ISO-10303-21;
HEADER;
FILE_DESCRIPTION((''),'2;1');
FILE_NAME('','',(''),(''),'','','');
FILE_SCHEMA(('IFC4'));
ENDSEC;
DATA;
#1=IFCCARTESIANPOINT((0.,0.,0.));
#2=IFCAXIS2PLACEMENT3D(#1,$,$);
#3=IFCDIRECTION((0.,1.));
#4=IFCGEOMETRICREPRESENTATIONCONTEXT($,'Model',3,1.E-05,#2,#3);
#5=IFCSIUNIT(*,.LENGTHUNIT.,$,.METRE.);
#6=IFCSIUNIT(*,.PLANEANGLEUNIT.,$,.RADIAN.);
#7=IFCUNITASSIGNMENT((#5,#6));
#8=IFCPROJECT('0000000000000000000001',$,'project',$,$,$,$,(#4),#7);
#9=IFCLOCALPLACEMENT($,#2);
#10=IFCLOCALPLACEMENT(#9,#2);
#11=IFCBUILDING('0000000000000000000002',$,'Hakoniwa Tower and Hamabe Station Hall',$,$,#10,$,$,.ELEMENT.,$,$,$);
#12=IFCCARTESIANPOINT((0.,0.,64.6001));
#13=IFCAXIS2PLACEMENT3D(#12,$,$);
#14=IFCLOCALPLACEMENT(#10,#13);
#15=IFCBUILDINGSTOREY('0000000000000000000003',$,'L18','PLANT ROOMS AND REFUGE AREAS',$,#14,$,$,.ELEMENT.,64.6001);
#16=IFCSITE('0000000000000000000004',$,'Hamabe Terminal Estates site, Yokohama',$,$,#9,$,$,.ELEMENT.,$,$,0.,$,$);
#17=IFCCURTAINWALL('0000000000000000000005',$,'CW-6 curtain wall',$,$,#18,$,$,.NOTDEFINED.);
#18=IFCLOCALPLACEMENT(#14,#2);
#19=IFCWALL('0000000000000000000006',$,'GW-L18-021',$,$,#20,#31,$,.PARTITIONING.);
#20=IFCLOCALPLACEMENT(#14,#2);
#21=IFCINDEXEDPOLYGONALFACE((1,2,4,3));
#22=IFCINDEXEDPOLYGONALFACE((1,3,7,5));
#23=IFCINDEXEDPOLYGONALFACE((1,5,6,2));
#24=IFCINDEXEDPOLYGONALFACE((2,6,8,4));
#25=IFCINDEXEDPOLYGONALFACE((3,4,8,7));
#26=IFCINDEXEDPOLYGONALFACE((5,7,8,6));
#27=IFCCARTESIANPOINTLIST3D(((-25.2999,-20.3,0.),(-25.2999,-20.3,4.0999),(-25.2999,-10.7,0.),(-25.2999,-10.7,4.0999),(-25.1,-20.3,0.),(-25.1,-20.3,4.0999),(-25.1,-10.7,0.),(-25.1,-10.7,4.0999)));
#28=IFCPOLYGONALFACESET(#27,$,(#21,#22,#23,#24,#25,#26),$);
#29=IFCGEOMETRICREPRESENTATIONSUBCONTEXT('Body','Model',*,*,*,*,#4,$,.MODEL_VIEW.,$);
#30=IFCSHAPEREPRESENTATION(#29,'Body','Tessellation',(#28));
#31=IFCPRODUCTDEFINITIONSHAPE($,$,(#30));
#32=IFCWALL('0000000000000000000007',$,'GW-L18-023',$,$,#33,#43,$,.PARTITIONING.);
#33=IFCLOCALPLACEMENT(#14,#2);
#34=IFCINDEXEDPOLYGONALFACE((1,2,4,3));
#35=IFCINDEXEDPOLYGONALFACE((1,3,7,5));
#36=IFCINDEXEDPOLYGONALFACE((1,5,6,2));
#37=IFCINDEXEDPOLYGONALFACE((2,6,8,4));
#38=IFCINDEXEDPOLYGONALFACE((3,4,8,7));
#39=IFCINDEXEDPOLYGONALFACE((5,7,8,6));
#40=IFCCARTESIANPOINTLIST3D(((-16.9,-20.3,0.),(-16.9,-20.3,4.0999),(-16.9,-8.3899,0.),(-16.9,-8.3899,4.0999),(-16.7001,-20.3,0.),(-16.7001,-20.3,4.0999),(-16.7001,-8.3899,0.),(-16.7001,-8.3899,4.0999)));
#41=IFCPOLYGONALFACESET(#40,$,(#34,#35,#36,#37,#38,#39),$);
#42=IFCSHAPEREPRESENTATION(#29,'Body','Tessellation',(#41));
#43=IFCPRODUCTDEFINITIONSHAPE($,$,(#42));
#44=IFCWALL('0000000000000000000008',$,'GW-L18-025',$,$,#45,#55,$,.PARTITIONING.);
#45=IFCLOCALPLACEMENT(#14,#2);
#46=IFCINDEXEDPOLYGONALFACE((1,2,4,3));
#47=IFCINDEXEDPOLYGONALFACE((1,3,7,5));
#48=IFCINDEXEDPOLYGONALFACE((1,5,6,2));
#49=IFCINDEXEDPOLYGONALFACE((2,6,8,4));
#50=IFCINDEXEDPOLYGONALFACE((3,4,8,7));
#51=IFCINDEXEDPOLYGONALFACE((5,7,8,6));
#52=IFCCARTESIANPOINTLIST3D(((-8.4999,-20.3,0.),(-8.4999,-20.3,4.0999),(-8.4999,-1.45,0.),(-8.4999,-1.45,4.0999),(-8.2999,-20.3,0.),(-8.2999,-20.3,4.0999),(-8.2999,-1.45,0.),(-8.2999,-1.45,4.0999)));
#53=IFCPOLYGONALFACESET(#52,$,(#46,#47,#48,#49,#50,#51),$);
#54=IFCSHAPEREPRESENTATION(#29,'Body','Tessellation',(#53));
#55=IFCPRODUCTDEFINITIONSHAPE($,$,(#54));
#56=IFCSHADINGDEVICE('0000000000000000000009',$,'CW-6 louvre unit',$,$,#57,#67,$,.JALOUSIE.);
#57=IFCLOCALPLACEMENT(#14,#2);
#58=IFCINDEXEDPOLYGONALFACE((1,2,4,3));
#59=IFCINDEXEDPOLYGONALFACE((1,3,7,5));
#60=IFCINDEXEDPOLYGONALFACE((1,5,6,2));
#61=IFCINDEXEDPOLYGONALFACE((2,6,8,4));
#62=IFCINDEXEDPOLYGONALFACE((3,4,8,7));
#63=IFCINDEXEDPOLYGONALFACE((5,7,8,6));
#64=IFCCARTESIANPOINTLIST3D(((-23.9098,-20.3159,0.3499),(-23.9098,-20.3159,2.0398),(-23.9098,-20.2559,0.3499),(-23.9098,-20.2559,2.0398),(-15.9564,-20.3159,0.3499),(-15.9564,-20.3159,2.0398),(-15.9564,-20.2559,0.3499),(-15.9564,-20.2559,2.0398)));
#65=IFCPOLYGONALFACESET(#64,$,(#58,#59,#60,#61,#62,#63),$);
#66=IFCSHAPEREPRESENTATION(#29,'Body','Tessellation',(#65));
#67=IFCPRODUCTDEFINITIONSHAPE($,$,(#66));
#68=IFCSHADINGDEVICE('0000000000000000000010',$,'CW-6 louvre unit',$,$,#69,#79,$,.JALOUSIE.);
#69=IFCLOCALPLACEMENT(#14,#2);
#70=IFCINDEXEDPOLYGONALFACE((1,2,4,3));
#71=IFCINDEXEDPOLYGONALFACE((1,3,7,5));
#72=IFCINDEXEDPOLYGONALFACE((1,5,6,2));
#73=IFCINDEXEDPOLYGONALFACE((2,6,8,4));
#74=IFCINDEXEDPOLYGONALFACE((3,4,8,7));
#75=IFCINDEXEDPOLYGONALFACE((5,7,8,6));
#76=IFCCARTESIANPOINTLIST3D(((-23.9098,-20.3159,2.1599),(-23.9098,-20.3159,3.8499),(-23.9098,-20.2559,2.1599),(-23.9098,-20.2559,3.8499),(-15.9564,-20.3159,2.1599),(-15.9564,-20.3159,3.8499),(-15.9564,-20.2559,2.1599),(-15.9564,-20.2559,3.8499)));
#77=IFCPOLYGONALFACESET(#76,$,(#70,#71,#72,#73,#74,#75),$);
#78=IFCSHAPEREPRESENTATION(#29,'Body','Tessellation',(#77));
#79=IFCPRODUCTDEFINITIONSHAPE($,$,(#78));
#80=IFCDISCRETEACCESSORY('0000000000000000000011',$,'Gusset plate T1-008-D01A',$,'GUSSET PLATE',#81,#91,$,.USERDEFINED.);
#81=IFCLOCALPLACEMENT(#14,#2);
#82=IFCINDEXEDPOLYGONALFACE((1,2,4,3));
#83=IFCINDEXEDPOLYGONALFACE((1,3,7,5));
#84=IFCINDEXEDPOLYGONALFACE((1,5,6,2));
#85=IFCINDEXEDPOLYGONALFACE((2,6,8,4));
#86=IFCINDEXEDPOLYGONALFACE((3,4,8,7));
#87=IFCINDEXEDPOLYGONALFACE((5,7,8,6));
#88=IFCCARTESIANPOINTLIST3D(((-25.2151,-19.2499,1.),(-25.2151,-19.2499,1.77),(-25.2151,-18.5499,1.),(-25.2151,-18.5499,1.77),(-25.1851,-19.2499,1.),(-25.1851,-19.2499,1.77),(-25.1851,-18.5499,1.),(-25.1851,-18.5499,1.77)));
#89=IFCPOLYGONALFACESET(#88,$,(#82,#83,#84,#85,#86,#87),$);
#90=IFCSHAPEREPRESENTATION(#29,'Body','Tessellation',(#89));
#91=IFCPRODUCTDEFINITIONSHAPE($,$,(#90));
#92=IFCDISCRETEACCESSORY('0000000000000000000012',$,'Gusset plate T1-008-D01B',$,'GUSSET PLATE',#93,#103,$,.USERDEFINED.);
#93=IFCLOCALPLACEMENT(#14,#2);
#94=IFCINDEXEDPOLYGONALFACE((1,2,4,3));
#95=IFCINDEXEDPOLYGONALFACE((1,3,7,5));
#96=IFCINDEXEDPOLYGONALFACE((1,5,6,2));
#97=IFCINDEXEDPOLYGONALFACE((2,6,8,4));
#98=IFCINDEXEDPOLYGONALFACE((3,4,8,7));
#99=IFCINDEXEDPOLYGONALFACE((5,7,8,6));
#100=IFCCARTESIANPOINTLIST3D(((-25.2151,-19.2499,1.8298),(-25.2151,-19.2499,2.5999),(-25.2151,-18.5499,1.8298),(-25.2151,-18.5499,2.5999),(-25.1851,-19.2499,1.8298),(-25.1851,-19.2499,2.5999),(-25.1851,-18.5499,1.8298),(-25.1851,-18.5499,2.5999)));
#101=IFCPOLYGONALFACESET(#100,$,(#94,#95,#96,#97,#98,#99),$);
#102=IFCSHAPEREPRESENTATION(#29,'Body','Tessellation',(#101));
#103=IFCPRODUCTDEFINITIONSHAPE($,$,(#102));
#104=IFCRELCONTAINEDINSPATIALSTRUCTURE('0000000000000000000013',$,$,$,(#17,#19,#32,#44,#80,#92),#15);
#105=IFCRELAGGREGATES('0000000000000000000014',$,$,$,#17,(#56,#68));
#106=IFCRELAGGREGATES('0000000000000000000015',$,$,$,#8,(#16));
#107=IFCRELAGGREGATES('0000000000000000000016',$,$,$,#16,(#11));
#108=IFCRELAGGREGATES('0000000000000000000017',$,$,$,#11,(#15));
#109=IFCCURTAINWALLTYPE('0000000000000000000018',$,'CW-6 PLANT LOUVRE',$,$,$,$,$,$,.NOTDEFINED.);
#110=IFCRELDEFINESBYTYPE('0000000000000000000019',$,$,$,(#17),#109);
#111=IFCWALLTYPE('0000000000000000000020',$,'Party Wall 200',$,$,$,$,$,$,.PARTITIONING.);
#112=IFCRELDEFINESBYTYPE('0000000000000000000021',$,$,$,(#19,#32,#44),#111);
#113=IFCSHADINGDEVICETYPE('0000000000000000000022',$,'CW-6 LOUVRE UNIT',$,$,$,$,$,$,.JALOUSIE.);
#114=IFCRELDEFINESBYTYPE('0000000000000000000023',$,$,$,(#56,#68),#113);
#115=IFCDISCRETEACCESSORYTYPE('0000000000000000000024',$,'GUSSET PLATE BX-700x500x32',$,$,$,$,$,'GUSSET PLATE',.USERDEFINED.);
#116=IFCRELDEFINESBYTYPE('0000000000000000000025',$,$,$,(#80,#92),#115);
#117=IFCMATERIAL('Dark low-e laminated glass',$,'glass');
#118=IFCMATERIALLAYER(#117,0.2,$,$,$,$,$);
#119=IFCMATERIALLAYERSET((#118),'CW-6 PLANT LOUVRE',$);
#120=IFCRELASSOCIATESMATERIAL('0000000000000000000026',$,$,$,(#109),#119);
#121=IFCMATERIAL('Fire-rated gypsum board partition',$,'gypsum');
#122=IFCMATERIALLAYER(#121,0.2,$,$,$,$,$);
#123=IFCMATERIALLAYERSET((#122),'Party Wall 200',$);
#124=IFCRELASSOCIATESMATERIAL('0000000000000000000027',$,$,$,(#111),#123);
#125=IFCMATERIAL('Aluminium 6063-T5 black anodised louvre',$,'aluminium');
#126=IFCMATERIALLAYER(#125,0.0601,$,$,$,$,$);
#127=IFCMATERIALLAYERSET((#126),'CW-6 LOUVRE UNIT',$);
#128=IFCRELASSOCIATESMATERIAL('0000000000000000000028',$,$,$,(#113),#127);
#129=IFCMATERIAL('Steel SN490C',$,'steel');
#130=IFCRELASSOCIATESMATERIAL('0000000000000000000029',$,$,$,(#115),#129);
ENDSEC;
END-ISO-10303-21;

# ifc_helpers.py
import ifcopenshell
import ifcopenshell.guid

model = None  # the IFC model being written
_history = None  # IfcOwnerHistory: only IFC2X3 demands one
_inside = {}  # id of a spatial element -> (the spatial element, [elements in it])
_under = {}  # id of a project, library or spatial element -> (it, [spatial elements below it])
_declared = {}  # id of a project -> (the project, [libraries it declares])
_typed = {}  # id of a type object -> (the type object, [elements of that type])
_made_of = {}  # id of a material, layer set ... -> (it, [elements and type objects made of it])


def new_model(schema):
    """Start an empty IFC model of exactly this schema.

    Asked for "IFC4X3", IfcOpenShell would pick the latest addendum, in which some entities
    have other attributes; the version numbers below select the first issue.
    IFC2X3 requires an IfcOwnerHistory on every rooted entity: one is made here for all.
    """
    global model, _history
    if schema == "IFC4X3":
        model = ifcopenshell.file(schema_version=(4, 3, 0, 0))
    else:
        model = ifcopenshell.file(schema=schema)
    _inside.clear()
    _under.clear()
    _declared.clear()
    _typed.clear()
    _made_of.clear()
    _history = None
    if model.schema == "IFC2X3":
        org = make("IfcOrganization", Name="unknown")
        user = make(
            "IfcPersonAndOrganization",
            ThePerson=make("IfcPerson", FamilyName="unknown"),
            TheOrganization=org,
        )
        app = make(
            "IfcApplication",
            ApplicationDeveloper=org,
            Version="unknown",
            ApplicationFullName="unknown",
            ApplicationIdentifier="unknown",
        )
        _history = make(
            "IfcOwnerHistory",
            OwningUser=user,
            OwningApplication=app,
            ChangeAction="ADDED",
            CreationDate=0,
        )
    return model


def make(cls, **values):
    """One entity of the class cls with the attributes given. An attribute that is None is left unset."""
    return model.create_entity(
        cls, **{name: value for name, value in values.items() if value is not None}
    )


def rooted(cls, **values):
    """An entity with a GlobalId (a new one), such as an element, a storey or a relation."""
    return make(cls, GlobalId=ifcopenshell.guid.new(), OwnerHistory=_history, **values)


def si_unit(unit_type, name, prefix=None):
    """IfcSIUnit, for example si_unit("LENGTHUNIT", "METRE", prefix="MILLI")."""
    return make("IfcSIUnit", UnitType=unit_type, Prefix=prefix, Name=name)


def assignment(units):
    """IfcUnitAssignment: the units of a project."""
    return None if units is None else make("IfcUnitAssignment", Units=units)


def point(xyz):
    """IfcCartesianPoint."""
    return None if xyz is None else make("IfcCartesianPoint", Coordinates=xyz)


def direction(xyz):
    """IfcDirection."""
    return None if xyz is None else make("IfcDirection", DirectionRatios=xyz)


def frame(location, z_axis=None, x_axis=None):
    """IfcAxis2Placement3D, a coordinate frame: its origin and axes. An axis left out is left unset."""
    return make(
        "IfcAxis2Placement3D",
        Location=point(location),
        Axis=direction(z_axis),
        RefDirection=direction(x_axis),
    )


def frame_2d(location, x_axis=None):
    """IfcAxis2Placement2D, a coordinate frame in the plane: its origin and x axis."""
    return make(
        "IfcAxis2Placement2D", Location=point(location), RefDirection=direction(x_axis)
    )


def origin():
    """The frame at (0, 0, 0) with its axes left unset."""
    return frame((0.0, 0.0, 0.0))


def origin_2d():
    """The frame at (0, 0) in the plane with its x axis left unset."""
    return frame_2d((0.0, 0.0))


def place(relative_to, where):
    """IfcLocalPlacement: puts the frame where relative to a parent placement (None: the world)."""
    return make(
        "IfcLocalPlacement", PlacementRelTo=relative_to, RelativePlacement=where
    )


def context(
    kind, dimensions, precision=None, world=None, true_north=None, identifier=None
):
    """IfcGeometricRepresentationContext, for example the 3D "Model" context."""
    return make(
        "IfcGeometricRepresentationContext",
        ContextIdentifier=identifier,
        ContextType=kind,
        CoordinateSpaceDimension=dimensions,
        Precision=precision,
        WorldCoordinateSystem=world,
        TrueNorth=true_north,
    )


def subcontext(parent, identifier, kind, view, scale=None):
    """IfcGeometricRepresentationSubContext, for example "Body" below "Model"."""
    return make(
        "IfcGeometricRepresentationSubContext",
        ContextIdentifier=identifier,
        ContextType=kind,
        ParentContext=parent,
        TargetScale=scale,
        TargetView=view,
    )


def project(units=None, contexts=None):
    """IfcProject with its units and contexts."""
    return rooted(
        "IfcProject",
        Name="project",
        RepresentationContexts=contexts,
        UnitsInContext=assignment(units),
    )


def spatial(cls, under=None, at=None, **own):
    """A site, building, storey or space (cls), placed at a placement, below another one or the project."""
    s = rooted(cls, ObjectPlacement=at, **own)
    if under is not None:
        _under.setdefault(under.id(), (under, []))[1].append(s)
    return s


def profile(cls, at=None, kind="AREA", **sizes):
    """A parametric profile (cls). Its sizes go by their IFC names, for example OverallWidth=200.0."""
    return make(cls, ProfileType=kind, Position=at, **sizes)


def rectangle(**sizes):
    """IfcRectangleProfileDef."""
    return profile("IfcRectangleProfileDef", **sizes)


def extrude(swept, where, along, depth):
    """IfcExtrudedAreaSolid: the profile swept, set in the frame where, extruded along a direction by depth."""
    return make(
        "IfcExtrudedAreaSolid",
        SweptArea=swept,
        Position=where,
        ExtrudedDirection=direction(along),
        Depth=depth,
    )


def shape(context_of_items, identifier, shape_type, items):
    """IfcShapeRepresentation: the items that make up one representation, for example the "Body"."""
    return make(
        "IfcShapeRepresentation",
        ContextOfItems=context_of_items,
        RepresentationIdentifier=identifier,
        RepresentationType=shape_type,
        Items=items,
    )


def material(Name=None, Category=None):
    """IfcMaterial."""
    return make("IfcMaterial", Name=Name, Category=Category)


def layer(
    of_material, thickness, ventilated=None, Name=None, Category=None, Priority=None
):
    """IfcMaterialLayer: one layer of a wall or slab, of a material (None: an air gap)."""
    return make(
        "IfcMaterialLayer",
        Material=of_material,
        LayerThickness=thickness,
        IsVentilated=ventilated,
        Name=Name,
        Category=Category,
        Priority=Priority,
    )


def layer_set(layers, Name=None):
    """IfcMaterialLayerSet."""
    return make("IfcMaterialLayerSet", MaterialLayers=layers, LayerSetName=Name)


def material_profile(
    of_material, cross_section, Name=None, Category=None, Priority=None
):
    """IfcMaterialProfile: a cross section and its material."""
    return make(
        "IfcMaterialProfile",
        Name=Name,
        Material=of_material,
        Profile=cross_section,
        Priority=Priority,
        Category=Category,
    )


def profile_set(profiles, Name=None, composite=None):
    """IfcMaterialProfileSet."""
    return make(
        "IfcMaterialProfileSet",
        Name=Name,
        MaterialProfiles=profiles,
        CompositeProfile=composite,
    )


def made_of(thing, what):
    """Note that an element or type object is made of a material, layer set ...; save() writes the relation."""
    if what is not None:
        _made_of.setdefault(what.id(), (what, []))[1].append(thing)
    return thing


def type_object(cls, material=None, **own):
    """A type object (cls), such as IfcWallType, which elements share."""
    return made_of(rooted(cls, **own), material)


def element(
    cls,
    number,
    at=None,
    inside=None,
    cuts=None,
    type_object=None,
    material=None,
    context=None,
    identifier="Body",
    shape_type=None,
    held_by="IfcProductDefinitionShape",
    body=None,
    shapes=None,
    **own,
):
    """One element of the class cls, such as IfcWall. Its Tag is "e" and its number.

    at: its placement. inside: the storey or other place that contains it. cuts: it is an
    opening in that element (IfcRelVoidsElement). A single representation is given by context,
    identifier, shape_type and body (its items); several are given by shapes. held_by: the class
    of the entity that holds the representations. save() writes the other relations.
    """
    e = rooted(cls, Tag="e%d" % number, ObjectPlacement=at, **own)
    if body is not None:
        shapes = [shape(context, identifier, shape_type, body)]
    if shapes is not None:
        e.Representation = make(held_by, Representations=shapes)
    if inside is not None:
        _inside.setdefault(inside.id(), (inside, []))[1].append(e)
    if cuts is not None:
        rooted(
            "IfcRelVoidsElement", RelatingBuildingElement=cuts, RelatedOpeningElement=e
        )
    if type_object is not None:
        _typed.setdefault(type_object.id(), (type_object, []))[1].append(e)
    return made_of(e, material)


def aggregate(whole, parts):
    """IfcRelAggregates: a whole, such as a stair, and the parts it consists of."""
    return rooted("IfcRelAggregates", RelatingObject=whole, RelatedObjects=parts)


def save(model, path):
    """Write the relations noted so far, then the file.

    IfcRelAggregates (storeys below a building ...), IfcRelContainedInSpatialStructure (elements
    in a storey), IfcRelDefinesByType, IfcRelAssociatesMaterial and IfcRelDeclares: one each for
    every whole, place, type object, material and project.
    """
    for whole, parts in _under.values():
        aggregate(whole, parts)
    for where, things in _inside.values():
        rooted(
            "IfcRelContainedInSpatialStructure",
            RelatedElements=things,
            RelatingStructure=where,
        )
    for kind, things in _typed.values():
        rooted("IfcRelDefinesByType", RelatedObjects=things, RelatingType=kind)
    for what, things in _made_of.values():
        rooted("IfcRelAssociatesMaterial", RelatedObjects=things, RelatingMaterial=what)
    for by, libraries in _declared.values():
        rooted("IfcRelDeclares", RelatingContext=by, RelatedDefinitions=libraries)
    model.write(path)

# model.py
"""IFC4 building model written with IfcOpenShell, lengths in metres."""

from ifc_helpers import new_model, si_unit, direction, frame, frame_2d, origin, origin_2d, place, context, subcontext, project, spatial, rectangle, extrude, material, layer, layer_set, material_profile, profile_set, type_object, element, aggregate, save


model = new_model("IFC4")

# Units and contexts
model_context = context("Model", 3, precision=1e-05, world=origin(), true_north=direction((0.0, 1.0)))
body_context = subcontext(model_context, "Body", "Model", "MODEL_VIEW")
ifc_project = project(units=[si_unit("LENGTHUNIT", "METRE"), si_unit("PLANEANGLEUNIT", "RADIAN")], contexts=[model_context])

# Site, building, storey
site_placement = place(None, origin())
site = spatial("IfcSite", under=ifc_project, at=site_placement, Name="Hamabe Terminal Estates site, Yokohama", CompositionType="ELEMENT", RefElevation=0.0)
building_placement = place(site_placement, origin())
building = spatial("IfcBuilding", under=site, at=building_placement, Name="Hakoniwa Tower and Hamabe Station Hall", CompositionType="ELEMENT")
storey_placement = place(building_placement, frame((0.0, 0.0, 64.6001)))
storey = spatial("IfcBuildingStorey", under=building, at=storey_placement, Name="L18", Description="PLANT ROOMS AND REFUGE AREAS", CompositionType="ELEMENT", Elevation=64.6001)

# Curtain wall
ifc_material_1 = material(Name="Dark low-e laminated glass", Category="glass")
ifc_layer_1 = layer(ifc_material_1, 0.2)
ifc_layer_set_1 = layer_set([ifc_layer_1], Name="CW-6 PLANT LOUVRE")
curtain_wall_type = type_object("IfcCurtainWallType", Name="CW-6 PLANT LOUVRE", PredefinedType="NOTDEFINED", material=ifc_layer_set_1)
curtain_wall_placement = place(storey_placement, origin())
curtain_wall = element("IfcCurtainWall", 1, at=curtain_wall_placement, inside=storey, type_object=curtain_wall_type, Name="CW-6 curtain wall", PredefinedType="NOTDEFINED")

# Walls
ifc_material_2 = material(Name="Fire-rated gypsum board partition", Category="gypsum")
ifc_layer_2 = layer(ifc_material_2, 0.2)
ifc_layer_set_2 = layer_set([ifc_layer_2], Name="Party Wall 200")
wall_type = type_object("IfcWallType", Name="Party Wall 200", PredefinedType="PARTITIONING", material=ifc_layer_set_2)
wall_1_placement = place(storey_placement, frame((-25.2, -20.3, 0.0), z_axis=(0.0, 0.0, 1.0), x_axis=(0.0, 1.0, 0.0)))
element("IfcWall", 2, at=wall_1_placement, inside=storey, type_object=wall_type, Name="GW-L18-021", PredefinedType="PARTITIONING", context=body_context, shape_type="SweptSolid", body=[
    extrude(rectangle(XDim=9.6001, YDim=0.2, at=frame_2d((4.8, 0.0))), origin(), (0.0, 0.0, 1.0), 4.0999),
])
wall_2_placement = place(storey_placement, frame((-16.8, -20.3, 0.0), z_axis=(0.0, 0.0, 1.0), x_axis=(0.0, 1.0, 0.0)))
element("IfcWall", 3, at=wall_2_placement, inside=storey, type_object=wall_type, Name="GW-L18-023", PredefinedType="PARTITIONING", context=body_context, shape_type="SweptSolid", body=[
    extrude(rectangle(XDim=11.9102, YDim=0.2, at=frame_2d((5.9551, 0.0))), origin(), (0.0, 0.0, 1.0), 4.0999),
])
wall_3_placement = place(storey_placement, frame((-8.3999, -20.3, 0.0), z_axis=(0.0, 0.0, 1.0), x_axis=(0.0, 1.0, 0.0)))
element("IfcWall", 4, at=wall_3_placement, inside=storey, type_object=wall_type, Name="GW-L18-025", PredefinedType="PARTITIONING", context=body_context, shape_type="SweptSolid", body=[
    extrude(rectangle(XDim=18.8501, YDim=0.2, at=frame_2d((9.425, 0.0))), origin(), (0.0, 0.0, 1.0), 4.0999),
])

# Shading devices
ifc_material_3 = material(Name="Aluminium 6063-T5 black anodised louvre", Category="aluminium")
ifc_layer_3 = layer(ifc_material_3, 0.0601)
ifc_layer_set_3 = layer_set([ifc_layer_3], Name="CW-6 LOUVRE UNIT")
shading_device_type = type_object("IfcShadingDeviceType", Name="CW-6 LOUVRE UNIT", PredefinedType="JALOUSIE", material=ifc_layer_set_3)
shading_device_1_placement = place(storey_placement, frame((-19.9331, -20.2859, 0.3499), z_axis=(0.0, 0.0, 1.0), x_axis=(1.0, 0.0, 0.0)))
shading_device_1 = element("IfcShadingDevice", 5, at=shading_device_1_placement, type_object=shading_device_type, Name="CW-6 louvre unit", PredefinedType="JALOUSIE", context=body_context, shape_type="SweptSolid", body=[
    extrude(rectangle(XDim=7.9534, YDim=0.0601, at=origin_2d()), origin(), (0.0, 0.0, 1.0), 1.6899),
])
shading_device_2_placement = place(storey_placement, frame((-19.9331, -20.2859, 2.1599), z_axis=(0.0, 0.0, 1.0), x_axis=(1.0, 0.0, 0.0)))
shading_device_2 = element("IfcShadingDevice", 6, at=shading_device_2_placement, type_object=shading_device_type, Name="CW-6 louvre unit", PredefinedType="JALOUSIE", context=body_context, shape_type="SweptSolid", body=[
    extrude(rectangle(XDim=7.9534, YDim=0.0601, at=origin_2d()), origin(), (0.0, 0.0, 1.0), 1.6899),
])
aggregate(curtain_wall, [shading_device_1, shading_device_2])

# Discrete accessories
ifc_material_4 = material(Name="Steel SN490C", Category="steel")
ifc_material_profile_1 = material_profile(ifc_material_4, rectangle(XDim=0.7, YDim=0.77, at=origin_2d()), Name="GUSSET PLATE BX-700x500x32")
ifc_profile_set_1 = profile_set([ifc_material_profile_1], Name="Steel SN490C")
discrete_accessory_type = type_object("IfcDiscreteAccessoryType", Name="GUSSET PLATE BX-700x500x32", ElementType="GUSSET PLATE", PredefinedType="USERDEFINED", material=ifc_profile_set_1)
for number, where, z_axis, x_axis, name in (
    (7, (-25.1851, -18.8999, 1.385), (-1.0, 0.0, 0.0), (0.0, -1.0, 0.0), "Gusset plate T1-008-D01A"),
    (8, (-25.1851, -18.8999, 2.2148), (-1.0, 0.0, 0.0), (0.0, -1.0, 0.0), "Gusset plate T1-008-D01B"),
):
    element("IfcDiscreteAccessory", number, at=place(storey_placement, frame(where, z_axis=z_axis, x_axis=x_axis)), inside=storey, type_object=discrete_accessory_type, Name=name, ObjectType="GUSSET PLATE", PredefinedType="USERDEFINED", context=body_context, shape_type="SweptSolid", body=[
        extrude(rectangle(XDim=0.7, YDim=0.77, at=origin_2d()), origin(), (0.0, 0.0, 1.0), 0.03),
    ])

save(model, "model.ifc")
